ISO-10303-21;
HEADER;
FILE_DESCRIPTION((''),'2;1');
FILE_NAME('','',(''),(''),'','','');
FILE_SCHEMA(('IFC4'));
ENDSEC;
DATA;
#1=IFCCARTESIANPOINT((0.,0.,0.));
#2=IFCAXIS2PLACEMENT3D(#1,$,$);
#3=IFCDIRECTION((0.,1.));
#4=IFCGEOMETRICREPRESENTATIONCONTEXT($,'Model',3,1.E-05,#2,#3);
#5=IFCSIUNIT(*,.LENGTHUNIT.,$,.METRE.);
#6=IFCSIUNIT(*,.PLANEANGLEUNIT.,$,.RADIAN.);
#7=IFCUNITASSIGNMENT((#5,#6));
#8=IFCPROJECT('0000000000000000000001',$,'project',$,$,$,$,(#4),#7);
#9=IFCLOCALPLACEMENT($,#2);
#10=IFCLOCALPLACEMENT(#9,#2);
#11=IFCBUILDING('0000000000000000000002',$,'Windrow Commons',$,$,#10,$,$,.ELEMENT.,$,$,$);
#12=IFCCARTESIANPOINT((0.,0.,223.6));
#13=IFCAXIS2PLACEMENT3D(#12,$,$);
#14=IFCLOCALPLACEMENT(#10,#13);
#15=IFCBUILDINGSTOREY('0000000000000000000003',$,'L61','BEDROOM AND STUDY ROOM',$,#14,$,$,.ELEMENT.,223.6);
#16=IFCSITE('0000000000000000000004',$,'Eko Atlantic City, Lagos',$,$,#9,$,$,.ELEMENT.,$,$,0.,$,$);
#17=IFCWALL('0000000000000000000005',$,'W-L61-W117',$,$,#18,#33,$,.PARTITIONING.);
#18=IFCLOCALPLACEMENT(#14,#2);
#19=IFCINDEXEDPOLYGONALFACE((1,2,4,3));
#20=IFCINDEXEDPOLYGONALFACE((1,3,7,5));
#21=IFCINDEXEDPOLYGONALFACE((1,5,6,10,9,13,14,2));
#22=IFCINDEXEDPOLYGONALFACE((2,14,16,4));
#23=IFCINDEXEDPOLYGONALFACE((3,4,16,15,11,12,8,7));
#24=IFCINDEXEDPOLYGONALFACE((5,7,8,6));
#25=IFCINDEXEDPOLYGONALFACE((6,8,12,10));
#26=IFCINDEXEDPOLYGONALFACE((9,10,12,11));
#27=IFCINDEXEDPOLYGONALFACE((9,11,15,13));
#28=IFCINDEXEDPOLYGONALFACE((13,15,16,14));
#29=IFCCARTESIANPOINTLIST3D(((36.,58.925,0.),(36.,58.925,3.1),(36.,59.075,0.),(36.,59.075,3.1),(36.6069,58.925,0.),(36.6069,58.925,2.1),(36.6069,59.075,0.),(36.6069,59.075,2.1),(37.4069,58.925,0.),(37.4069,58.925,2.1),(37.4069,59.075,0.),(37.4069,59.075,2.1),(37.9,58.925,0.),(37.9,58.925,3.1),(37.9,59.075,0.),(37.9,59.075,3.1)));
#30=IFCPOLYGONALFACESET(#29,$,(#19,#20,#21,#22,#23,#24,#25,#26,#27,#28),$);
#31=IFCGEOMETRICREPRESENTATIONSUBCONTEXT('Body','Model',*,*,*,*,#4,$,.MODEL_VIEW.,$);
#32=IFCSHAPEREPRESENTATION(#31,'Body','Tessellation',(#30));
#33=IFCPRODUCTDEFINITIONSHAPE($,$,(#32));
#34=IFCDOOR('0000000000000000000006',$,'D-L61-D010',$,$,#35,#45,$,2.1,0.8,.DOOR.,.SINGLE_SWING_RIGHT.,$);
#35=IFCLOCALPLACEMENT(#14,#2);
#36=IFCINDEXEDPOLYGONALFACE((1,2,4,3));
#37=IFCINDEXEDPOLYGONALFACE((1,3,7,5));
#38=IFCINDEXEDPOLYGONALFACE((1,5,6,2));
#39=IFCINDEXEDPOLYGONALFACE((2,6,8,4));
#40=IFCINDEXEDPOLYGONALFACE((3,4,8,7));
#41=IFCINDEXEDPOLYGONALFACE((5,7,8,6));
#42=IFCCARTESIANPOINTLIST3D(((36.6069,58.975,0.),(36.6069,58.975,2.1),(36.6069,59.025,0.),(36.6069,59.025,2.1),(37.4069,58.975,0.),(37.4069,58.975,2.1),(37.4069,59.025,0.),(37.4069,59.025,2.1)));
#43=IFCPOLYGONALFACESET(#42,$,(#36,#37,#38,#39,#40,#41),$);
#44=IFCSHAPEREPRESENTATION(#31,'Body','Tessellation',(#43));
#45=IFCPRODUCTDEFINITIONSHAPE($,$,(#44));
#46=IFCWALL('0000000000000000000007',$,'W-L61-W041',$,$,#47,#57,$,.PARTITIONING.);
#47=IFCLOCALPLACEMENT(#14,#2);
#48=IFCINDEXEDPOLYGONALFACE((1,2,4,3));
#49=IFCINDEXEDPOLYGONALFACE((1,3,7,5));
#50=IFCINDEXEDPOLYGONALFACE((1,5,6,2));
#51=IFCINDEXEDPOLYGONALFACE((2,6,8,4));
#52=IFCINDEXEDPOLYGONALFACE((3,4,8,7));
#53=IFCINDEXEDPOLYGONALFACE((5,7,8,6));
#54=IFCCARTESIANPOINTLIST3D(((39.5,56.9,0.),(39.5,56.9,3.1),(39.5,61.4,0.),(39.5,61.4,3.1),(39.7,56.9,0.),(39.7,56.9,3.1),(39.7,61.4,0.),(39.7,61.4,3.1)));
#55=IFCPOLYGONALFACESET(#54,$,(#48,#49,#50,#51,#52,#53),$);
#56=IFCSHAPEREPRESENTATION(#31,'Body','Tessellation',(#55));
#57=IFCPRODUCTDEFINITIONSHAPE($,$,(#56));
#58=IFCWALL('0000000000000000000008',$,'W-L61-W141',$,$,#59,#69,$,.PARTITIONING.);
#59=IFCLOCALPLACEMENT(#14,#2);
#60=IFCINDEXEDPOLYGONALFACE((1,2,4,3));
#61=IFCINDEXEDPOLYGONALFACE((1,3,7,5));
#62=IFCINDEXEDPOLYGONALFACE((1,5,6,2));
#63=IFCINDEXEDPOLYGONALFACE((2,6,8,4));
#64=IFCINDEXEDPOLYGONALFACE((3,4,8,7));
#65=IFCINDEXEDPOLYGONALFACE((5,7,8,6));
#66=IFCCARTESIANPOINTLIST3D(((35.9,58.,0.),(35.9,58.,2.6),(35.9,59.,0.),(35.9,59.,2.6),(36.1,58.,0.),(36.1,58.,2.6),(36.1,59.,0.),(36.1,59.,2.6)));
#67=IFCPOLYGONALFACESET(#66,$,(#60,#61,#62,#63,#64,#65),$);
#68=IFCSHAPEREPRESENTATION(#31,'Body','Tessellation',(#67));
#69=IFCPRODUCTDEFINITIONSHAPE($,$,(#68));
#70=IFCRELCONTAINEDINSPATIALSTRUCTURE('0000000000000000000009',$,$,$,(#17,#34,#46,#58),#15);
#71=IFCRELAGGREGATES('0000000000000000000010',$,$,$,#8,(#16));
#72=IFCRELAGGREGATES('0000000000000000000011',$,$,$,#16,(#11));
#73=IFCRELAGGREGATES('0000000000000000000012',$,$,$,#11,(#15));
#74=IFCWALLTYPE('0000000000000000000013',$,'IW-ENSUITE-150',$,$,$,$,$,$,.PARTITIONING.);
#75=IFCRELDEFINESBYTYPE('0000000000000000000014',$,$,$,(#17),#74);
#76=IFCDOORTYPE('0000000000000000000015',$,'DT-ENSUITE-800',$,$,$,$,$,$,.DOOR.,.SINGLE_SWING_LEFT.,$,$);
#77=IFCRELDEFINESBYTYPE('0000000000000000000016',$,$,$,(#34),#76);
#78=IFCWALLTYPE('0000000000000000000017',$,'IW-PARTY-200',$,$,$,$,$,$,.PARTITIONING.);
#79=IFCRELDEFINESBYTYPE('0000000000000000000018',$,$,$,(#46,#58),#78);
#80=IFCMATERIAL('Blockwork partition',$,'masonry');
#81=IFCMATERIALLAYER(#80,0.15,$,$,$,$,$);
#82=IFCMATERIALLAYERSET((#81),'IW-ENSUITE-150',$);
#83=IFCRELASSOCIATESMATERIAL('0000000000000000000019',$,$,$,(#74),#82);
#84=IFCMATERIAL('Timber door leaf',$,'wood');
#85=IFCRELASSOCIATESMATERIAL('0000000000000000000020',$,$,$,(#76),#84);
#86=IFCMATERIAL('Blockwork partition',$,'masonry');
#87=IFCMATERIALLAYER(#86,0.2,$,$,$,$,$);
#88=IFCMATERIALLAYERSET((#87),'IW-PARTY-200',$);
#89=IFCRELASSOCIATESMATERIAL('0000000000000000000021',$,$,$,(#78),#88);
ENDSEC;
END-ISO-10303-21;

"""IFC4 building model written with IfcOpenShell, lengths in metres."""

from ifc_helpers import new_model, si_unit, direction, frame, frame_2d, origin, place, context, subcontext, project, spatial, rectangle, extrude, material, layer, layer_set, type_object, element, fill, save


model = new_model("IFC4")

# Units and contexts
model_context = context("Model", 3, precision=1e-05, world=origin(), true_north=direction((0.0, 1.0)))
body_context = subcontext(model_context, "Body", "Model", "MODEL_VIEW")
ifc_project = project(units=[si_unit("LENGTHUNIT", "METRE"), si_unit("PLANEANGLEUNIT", "RADIAN")], contexts=[model_context])

# Site, building, storey
site_placement = place(None, origin())
site = spatial("IfcSite", under=ifc_project, at=site_placement, Name="Eko Atlantic City, Lagos", CompositionType="ELEMENT", RefElevation=0.0)
building_placement = place(site_placement, origin())
building = spatial("IfcBuilding", under=site, at=building_placement, Name="Windrow Commons", CompositionType="ELEMENT")
storey_placement = place(building_placement, frame((0.0, 0.0, 223.6)))
storey = spatial("IfcBuildingStorey", under=building, at=storey_placement, Name="L61", Description="BEDROOM AND STUDY ROOM", CompositionType="ELEMENT", Elevation=223.6)

# Shared definitions
ifc_material_1 = material(Name="Blockwork partition", Category="masonry")
ifc_layer_1 = layer(ifc_material_1, 0.15)
ifc_layer_set_1 = layer_set([ifc_layer_1], Name="IW-ENSUITE-150")
wall_type_1 = type_object("IfcWallType", Name="IW-ENSUITE-150", PredefinedType="PARTITIONING", material=ifc_layer_set_1)

# Wall, opening, door
wall_1_placement = place(storey_placement, frame((36.0, 59.0, 0.0), z_axis=(0.0, 0.0, 1.0), x_axis=(1.0, 0.0, 0.0)))
wall_1 = element("IfcWall", 1, at=wall_1_placement, inside=storey, type_object=wall_type_1, Name="W-L61-W117", PredefinedType="PARTITIONING", context=body_context, shape_type="SweptSolid", body=[
    extrude(rectangle(XDim=1.9, YDim=0.15, at=frame_2d((0.95, 0.0))), origin(), (0.0, 0.0, 1.0), 3.1),
])
opening_1_placement = place(wall_1_placement, frame((0.6069, 0.0, 0.0)))
opening_1 = element("IfcOpeningElement", 2, at=opening_1_placement, cuts=wall_1, PredefinedType="OPENING", context=body_context, shape_type="SweptSolid", body=[
    extrude(rectangle(XDim=0.8, YDim=2.1, at=frame_2d((0.4, 1.05))), frame((0.0, 0.085, 0.0), z_axis=(0.0, -1.0, 0.0), x_axis=(1.0, 0.0, 0.0)), (0.0, 0.0, 1.0), 0.17),
])
ifc_material_2 = material(Name="Timber door leaf", Category="wood")
door_type_1 = type_object("IfcDoorType", Name="DT-ENSUITE-800", OperationType="SINGLE_SWING_LEFT", PredefinedType="DOOR", material=ifc_material_2)
door_1_placement = place(opening_1_placement, origin())
door_1 = element("IfcDoor", 3, at=door_1_placement, inside=storey, type_object=door_type_1, Name="D-L61-D010", OperationType="SINGLE_SWING_RIGHT", OverallHeight=2.1, OverallWidth=0.8, PredefinedType="DOOR", context=body_context, shape_type="SweptSolid", body=[
    extrude(rectangle(XDim=0.8, YDim=2.1, at=frame_2d((0.4, 1.05))), frame((0.0, 0.025, 0.0), z_axis=(0.0, -1.0, 0.0), x_axis=(1.0, 0.0, 0.0)), (0.0, 0.0, 1.0), 0.05),
])
fill(opening_1, door_1)

# Walls
ifc_material_3 = material(Name="Blockwork partition", Category="masonry")
ifc_layer_2 = layer(ifc_material_3, 0.2)
ifc_layer_set_2 = layer_set([ifc_layer_2], Name="IW-PARTY-200")
wall_type_2 = type_object("IfcWallType", Name="IW-PARTY-200", PredefinedType="PARTITIONING", material=ifc_layer_set_2)
wall_2_placement = place(storey_placement, frame((39.6, 56.9, 0.0), z_axis=(0.0, 0.0, 1.0), x_axis=(0.0, 1.0, 0.0)))
element("IfcWall", 4, at=wall_2_placement, inside=storey, type_object=wall_type_2, Name="W-L61-W041", PredefinedType="PARTITIONING", context=body_context, shape_type="SweptSolid", body=[
    extrude(rectangle(XDim=4.5, YDim=0.2, at=frame_2d((2.25, 0.0))), origin(), (0.0, 0.0, 1.0), 3.1),
])
wall_3_placement = place(storey_placement, frame((36.0, 58.0, 0.0), z_axis=(0.0, 0.0, 1.0), x_axis=(0.0, 1.0, 0.0)))
element("IfcWall", 5, at=wall_3_placement, inside=storey, type_object=wall_type_2, Name="W-L61-W141", PredefinedType="PARTITIONING", context=body_context, shape_type="SweptSolid", body=[
    extrude(rectangle(XDim=1.0, YDim=0.2, at=frame_2d((0.5, 0.0))), origin(), (0.0, 0.0, 1.0), 2.6),
])

save(model, "model.ifc")
